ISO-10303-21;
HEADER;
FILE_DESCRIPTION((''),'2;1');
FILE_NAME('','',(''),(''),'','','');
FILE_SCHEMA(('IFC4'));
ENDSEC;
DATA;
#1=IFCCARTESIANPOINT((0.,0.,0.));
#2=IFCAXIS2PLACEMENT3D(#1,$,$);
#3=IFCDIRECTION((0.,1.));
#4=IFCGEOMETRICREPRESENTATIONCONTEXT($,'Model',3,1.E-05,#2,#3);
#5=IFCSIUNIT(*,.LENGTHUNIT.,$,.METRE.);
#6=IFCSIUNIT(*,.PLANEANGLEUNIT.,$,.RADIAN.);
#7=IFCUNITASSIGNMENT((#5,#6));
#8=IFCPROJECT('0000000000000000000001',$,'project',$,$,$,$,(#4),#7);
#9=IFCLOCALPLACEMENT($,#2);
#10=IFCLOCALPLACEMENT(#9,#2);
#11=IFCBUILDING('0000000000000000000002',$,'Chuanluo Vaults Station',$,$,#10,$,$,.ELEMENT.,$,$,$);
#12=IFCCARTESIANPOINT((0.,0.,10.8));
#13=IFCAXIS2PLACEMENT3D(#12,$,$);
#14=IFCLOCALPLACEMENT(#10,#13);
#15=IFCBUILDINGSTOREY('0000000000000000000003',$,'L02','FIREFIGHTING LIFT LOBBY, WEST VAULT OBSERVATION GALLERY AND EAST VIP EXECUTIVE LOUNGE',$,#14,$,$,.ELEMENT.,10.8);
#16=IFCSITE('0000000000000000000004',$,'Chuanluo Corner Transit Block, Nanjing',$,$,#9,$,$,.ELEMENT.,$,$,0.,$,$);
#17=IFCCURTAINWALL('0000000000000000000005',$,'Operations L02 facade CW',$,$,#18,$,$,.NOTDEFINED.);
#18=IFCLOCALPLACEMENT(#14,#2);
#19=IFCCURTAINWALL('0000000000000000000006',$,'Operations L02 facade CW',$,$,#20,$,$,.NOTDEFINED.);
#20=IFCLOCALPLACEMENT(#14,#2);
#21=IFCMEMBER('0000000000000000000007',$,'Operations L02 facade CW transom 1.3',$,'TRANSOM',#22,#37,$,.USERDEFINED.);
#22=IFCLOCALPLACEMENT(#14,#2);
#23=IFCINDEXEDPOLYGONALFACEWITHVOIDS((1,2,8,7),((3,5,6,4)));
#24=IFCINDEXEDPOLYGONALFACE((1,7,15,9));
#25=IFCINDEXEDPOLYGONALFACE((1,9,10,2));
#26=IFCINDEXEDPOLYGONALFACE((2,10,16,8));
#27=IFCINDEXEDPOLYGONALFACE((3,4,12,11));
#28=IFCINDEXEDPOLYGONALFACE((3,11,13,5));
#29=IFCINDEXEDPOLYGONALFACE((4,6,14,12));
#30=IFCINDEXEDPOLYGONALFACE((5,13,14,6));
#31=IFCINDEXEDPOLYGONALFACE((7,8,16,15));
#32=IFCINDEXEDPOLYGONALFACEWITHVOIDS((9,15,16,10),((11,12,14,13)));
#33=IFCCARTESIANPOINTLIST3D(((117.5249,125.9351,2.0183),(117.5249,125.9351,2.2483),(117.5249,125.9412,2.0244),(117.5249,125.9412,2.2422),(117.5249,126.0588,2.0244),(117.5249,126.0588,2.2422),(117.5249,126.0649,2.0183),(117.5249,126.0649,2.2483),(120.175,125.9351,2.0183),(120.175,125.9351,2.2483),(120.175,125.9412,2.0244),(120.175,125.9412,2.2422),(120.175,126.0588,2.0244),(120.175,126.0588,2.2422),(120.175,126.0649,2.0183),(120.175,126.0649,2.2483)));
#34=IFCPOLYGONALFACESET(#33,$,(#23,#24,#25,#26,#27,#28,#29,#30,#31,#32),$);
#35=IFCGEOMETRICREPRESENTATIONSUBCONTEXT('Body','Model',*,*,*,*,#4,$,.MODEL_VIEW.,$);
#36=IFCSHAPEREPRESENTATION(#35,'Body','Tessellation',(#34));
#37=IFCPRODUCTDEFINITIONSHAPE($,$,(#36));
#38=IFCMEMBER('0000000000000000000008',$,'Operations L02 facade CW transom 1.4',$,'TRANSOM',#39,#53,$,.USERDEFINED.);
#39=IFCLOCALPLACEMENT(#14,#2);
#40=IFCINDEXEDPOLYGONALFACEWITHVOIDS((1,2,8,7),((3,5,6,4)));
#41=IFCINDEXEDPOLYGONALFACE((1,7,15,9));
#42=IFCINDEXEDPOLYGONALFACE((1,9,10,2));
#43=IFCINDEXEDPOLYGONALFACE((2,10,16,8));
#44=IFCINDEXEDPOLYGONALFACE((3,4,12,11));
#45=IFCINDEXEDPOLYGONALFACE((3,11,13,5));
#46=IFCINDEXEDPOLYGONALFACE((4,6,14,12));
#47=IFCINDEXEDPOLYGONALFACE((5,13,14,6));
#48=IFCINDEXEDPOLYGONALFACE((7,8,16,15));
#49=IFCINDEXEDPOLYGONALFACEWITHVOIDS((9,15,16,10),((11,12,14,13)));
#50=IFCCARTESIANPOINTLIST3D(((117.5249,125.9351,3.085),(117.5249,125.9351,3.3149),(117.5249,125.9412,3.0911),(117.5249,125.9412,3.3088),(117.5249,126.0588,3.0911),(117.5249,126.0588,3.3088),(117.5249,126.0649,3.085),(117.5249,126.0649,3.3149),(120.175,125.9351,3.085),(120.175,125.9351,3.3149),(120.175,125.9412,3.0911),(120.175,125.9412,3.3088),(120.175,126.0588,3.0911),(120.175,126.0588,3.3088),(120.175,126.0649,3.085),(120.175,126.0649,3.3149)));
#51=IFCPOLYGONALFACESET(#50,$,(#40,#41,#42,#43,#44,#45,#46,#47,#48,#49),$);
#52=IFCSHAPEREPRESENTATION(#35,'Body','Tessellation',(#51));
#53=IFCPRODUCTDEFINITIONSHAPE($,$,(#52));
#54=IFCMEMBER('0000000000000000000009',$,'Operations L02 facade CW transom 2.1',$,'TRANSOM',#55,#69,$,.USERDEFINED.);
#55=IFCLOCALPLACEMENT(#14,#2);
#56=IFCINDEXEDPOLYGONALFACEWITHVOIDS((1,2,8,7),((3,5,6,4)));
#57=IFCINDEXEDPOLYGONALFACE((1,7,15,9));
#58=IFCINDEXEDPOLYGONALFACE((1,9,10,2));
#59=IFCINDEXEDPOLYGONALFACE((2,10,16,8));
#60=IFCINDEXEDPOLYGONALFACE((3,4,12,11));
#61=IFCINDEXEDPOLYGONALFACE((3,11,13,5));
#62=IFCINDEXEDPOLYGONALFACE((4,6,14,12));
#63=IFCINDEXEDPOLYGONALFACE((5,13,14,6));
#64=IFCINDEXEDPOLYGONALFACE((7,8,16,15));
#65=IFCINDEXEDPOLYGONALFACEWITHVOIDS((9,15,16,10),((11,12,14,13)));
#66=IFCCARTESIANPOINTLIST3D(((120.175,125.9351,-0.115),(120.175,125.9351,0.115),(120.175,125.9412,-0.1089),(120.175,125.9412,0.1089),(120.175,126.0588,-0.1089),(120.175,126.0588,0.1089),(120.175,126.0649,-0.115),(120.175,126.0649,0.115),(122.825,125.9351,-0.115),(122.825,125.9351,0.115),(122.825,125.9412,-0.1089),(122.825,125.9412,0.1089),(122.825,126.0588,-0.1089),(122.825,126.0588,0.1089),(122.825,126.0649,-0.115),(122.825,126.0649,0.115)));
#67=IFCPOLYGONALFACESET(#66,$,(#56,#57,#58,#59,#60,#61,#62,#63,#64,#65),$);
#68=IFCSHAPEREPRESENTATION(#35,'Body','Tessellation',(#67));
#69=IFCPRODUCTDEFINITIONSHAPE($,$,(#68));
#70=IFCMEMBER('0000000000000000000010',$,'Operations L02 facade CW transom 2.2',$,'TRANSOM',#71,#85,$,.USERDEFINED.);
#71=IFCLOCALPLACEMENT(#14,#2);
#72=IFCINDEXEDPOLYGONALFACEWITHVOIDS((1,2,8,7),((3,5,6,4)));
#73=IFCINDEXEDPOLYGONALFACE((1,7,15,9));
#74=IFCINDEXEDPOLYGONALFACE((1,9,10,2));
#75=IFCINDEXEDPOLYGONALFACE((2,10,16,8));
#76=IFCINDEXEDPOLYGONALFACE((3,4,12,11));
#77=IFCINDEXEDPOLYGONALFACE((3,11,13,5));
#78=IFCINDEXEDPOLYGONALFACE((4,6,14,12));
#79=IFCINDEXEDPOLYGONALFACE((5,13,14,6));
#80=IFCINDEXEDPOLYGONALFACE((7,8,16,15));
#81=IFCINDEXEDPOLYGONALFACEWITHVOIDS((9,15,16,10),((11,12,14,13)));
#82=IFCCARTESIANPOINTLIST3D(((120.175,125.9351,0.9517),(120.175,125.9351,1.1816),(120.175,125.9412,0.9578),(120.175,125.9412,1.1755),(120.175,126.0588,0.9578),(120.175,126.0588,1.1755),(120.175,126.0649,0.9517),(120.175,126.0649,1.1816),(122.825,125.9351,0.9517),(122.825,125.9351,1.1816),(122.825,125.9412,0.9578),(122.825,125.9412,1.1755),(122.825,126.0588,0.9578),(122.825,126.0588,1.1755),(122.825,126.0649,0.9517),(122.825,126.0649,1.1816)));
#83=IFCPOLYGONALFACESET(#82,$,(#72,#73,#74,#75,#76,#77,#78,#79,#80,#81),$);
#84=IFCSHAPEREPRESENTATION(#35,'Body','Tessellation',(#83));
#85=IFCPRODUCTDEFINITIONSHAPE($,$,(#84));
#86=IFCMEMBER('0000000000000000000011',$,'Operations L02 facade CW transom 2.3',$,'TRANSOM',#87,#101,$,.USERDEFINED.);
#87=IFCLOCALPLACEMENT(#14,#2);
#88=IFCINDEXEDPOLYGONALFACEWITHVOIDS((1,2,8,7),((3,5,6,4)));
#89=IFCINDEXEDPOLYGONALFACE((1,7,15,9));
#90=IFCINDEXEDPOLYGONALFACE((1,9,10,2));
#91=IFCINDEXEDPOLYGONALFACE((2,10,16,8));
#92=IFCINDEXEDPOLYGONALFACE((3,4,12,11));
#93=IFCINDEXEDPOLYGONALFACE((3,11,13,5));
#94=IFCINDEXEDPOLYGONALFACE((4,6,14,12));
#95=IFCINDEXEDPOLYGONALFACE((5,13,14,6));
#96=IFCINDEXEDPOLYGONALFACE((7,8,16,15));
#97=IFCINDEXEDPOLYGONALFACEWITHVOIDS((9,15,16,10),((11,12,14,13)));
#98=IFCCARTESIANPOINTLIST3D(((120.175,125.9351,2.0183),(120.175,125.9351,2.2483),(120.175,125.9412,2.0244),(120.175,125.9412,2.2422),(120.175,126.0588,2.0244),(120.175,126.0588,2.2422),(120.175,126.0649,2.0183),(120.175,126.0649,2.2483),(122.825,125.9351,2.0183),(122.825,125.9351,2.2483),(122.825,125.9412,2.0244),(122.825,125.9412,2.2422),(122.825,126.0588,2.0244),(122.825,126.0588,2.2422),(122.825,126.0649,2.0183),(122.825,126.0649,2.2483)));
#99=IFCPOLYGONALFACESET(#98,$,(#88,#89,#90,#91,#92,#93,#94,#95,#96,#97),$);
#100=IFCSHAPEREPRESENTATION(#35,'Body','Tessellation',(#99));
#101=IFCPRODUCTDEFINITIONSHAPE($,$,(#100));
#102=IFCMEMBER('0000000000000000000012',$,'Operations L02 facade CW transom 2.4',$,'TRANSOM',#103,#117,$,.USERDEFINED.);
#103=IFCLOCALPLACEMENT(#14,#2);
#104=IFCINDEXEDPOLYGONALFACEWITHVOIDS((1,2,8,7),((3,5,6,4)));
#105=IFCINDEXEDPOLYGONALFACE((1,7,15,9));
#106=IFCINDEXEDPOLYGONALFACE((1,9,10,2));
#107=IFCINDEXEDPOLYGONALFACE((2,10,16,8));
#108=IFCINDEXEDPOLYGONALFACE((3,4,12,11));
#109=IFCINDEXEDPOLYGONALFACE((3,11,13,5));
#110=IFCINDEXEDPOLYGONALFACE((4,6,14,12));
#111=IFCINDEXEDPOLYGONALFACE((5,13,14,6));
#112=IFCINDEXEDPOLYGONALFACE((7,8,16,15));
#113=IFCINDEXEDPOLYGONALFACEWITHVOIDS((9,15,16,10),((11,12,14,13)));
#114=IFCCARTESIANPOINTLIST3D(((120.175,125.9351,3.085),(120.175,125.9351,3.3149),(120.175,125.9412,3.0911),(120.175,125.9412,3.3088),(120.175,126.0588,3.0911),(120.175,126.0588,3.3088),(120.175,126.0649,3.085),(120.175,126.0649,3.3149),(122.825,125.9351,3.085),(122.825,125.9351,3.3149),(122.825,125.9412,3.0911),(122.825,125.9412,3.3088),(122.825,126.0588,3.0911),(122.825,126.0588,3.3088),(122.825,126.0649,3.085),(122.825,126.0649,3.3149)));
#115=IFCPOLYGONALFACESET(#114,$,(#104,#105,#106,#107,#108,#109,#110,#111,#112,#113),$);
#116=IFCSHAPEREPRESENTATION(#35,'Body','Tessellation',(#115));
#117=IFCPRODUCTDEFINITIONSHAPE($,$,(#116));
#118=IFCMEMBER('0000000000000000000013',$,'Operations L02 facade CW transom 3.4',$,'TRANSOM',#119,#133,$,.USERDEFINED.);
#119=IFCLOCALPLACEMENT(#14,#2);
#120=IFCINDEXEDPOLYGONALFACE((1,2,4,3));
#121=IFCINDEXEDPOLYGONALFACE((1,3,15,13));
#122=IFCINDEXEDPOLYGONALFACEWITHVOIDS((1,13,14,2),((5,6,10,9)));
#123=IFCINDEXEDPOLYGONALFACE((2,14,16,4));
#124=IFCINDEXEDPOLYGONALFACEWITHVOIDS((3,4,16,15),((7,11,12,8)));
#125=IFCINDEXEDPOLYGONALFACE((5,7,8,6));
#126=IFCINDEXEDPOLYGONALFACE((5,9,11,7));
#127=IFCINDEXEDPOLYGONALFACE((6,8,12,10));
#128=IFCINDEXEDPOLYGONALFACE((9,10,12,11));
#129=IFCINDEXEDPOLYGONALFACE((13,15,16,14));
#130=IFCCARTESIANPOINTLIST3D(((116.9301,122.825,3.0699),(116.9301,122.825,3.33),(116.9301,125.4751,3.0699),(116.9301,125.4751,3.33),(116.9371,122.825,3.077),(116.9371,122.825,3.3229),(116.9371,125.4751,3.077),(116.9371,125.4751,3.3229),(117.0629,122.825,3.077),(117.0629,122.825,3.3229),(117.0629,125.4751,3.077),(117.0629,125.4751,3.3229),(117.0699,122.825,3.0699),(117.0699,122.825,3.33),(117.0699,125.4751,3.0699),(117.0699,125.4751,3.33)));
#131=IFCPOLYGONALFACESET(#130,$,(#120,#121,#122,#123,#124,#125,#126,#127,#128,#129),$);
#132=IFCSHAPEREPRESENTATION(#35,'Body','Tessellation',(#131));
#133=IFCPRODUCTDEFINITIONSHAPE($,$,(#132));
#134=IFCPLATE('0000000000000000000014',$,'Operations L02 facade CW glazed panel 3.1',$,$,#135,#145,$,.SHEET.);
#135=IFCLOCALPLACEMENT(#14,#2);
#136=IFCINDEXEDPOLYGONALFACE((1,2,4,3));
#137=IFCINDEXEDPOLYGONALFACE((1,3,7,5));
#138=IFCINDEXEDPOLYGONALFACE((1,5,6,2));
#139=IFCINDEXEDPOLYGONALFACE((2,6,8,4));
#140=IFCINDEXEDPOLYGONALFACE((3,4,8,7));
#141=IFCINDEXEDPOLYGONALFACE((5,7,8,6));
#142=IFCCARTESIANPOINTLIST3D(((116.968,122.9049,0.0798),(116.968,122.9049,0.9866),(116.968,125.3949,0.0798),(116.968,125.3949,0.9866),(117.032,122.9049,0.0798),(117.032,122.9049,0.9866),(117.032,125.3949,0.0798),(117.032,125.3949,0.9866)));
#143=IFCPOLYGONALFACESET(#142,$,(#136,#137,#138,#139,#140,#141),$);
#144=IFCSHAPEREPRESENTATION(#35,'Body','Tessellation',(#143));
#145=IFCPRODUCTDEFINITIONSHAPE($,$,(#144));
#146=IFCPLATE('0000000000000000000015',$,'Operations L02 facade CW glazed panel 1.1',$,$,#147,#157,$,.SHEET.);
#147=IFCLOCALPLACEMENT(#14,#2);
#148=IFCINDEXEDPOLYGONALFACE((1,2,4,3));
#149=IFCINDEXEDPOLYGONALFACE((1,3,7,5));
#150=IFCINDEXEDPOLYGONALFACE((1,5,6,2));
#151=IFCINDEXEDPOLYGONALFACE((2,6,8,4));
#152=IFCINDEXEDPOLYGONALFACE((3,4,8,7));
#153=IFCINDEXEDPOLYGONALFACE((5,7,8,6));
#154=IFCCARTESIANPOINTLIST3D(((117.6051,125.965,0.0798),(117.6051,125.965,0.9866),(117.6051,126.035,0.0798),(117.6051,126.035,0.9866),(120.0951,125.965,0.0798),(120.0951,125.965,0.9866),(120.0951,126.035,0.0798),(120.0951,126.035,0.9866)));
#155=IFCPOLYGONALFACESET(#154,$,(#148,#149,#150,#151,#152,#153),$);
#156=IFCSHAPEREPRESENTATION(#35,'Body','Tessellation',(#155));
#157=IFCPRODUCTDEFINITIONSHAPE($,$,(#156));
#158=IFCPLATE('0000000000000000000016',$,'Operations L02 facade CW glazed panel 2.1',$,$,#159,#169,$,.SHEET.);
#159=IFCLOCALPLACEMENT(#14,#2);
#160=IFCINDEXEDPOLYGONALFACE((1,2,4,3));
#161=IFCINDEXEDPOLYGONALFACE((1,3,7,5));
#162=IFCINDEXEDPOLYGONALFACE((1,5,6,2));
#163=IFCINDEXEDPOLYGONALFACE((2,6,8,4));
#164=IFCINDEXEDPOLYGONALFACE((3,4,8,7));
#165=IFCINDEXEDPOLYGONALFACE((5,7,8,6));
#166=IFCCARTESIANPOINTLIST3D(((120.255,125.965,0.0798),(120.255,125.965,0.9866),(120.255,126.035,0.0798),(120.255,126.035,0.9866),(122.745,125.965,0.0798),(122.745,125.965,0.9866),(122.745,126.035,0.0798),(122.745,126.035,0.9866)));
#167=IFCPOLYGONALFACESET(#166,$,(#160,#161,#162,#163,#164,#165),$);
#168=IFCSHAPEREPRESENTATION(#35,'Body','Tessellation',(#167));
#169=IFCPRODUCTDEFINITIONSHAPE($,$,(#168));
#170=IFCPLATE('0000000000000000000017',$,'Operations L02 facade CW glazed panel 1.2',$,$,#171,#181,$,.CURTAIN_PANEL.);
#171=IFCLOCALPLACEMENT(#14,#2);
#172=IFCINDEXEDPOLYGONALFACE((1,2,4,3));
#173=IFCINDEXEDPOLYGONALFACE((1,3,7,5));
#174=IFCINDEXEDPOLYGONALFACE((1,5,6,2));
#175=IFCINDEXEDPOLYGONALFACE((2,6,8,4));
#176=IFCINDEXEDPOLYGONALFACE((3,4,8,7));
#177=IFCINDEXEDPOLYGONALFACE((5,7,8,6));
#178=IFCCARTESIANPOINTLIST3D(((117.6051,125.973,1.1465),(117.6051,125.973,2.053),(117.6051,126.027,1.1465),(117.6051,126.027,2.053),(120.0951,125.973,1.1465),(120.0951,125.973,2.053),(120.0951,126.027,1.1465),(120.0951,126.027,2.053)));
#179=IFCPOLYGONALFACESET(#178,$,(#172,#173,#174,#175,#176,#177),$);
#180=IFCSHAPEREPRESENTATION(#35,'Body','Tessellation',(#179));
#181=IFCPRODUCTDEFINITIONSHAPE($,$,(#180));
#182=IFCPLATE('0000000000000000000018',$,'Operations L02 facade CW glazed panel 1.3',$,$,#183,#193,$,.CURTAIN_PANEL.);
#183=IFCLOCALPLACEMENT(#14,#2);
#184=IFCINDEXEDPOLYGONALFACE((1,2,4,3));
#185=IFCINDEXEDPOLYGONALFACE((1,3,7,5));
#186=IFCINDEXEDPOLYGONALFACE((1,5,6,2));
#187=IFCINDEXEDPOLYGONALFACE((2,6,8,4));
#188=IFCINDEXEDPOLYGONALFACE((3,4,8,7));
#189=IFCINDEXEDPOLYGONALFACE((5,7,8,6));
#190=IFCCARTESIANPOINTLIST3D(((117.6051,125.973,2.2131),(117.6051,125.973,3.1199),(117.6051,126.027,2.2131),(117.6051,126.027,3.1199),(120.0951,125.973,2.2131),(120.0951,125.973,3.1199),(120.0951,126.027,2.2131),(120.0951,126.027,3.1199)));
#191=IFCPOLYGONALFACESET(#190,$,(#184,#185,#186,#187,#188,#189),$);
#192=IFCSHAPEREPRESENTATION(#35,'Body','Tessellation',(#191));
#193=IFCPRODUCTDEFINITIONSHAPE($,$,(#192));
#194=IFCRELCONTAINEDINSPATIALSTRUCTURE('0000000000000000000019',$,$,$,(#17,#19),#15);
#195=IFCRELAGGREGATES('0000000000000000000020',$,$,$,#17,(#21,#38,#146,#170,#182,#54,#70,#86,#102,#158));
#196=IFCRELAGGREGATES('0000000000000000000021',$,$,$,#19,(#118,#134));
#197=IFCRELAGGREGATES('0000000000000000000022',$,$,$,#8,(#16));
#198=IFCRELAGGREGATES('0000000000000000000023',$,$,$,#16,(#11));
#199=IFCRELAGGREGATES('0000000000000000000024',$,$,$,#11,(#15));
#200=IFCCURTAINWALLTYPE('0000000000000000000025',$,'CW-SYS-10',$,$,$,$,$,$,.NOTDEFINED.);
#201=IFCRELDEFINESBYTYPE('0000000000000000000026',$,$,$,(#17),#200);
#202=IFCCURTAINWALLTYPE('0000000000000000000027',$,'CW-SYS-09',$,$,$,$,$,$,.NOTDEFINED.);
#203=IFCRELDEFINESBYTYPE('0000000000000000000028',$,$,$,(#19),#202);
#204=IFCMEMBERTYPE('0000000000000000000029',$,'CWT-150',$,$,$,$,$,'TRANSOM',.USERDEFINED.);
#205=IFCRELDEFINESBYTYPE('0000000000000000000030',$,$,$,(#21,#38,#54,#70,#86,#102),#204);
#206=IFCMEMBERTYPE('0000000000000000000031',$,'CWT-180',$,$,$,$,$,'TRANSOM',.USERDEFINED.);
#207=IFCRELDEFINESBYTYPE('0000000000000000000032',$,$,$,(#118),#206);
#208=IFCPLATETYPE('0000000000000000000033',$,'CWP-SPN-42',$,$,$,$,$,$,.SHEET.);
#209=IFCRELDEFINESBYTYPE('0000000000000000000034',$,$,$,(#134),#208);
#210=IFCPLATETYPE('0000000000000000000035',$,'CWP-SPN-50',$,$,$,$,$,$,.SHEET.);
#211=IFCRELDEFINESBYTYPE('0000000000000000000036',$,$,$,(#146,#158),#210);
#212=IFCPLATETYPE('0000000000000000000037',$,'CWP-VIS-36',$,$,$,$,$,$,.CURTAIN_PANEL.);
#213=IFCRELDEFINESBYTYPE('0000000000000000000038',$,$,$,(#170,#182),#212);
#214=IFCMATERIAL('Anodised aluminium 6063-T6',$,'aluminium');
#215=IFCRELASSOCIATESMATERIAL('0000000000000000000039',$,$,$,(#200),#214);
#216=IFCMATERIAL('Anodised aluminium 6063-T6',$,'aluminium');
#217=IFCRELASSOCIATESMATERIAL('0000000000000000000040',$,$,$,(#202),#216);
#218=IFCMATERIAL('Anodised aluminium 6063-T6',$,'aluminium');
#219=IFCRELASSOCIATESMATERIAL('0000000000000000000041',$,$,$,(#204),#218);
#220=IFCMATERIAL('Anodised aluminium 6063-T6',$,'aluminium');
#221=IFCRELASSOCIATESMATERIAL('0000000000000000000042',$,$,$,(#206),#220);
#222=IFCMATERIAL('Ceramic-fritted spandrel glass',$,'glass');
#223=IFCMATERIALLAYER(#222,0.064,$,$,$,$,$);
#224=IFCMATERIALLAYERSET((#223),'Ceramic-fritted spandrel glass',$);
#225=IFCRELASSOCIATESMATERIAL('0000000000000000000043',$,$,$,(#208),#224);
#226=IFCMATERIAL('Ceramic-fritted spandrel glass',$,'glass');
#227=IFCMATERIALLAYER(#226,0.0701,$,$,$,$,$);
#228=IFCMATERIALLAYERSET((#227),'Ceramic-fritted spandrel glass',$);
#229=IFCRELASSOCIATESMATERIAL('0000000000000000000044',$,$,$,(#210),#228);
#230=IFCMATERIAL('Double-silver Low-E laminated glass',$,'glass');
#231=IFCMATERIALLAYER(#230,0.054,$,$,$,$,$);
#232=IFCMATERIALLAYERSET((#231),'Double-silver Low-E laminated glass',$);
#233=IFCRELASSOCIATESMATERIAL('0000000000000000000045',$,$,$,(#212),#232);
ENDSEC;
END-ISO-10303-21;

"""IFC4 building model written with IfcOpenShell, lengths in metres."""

from ifc_helpers import new_model, si_unit, direction, frame, origin, origin_2d, place, context, subcontext, project, spatial, rectangle, hollow_rectangle, extrude, material, layer, layer_set, material_profile, profile_set, type_object, element, aggregate, save


model = new_model("IFC4")

# Units and contexts
model_context = context("Model", 3, precision=1e-05, world=origin(), true_north=direction((0.0, 1.0)))
body_context = subcontext(model_context, "Body", "Model", "MODEL_VIEW")
ifc_project = project(units=[si_unit("LENGTHUNIT", "METRE"), si_unit("PLANEANGLEUNIT", "RADIAN")], contexts=[model_context])

# Site, building, storey
site_placement = place(None, origin())
site = spatial("IfcSite", under=ifc_project, at=site_placement, Name="Chuanluo Corner Transit Block, Nanjing", CompositionType="ELEMENT", RefElevation=0.0)
building_placement = place(site_placement, origin())
building = spatial("IfcBuilding", under=site, at=building_placement, Name="Chuanluo Vaults Station", CompositionType="ELEMENT")
storey_placement = place(building_placement, frame((0.0, 0.0, 10.8)))
storey = spatial("IfcBuildingStorey", under=building, at=storey_placement, Name="L02", Description="FIREFIGHTING LIFT LOBBY, WEST VAULT OBSERVATION GALLERY AND EAST VIP EXECUTIVE LOUNGE", CompositionType="ELEMENT", Elevation=10.8)

# Curtain wall
ifc_material_1 = material(Name="Anodised aluminium 6063-T6", Category="aluminium")
curtain_wall_type_1 = type_object("IfcCurtainWallType", Name="CW-SYS-10", PredefinedType="NOTDEFINED", material=ifc_material_1)
curtain_wall_1_placement = place(storey_placement, origin())
curtain_wall_1 = element("IfcCurtainWall", 1, at=curtain_wall_1_placement, inside=storey, type_object=curtain_wall_type_1, Name="Operations L02 facade CW", PredefinedType="NOTDEFINED")

# Curtain wall
ifc_material_2 = material(Name="Anodised aluminium 6063-T6", Category="aluminium")
curtain_wall_type_2 = type_object("IfcCurtainWallType", Name="CW-SYS-09", PredefinedType="NOTDEFINED", material=ifc_material_2)
curtain_wall_2_placement = place(storey_placement, origin())
curtain_wall_2 = element("IfcCurtainWall", 2, at=curtain_wall_2_placement, inside=storey, type_object=curtain_wall_type_2, Name="Operations L02 facade CW", PredefinedType="NOTDEFINED")

# Members
ifc_material_3 = material(Name="Anodised aluminium 6063-T6", Category="aluminium")
ifc_material_profile_1 = material_profile(ifc_material_3, hollow_rectangle(XDim=0.1299, YDim=0.23, WallThickness=0.0061, at=origin_2d()))
ifc_profile_set_1 = profile_set([ifc_material_profile_1], Name="Anodised aluminium 6063-T6")
member_type_1 = type_object("IfcMemberType", Name="CWT-150", ElementType="TRANSOM", PredefinedType="USERDEFINED", material=ifc_profile_set_1)
member_1_placement = place(storey_placement, frame((117.5249, 126.0, 2.1333), z_axis=(1.0, 0.0, 0.0), x_axis=(0.0, 1.0, 0.0)))
member_1 = element("IfcMember", 3, at=member_1_placement, type_object=member_type_1, Name="Operations L02 facade CW transom 1.3", ObjectType="TRANSOM", PredefinedType="USERDEFINED", context=body_context, shape_type="SweptSolid", body=[
    extrude(hollow_rectangle(XDim=0.1299, YDim=0.23, WallThickness=0.0061, at=origin_2d()), origin(), (0.0, 0.0, 1.0), 2.6501),
])
member_2_placement = place(storey_placement, frame((117.5249, 126.0, 3.2), z_axis=(1.0, 0.0, 0.0), x_axis=(0.0, 1.0, 0.0)))
member_2 = element("IfcMember", 4, at=member_2_placement, type_object=member_type_1, Name="Operations L02 facade CW transom 1.4", ObjectType="TRANSOM", PredefinedType="USERDEFINED", context=body_context, shape_type="SweptSolid", body=[
    extrude(hollow_rectangle(XDim=0.1299, YDim=0.23, WallThickness=0.0061, at=origin_2d()), origin(), (0.0, 0.0, 1.0), 2.6501),
])
member_3_placement = place(storey_placement, frame((120.175, 126.0, 0.0), z_axis=(1.0, 0.0, 0.0), x_axis=(0.0, 1.0, 0.0)))
member_3 = element("IfcMember", 5, at=member_3_placement, type_object=member_type_1, Name="Operations L02 facade CW transom 2.1", ObjectType="TRANSOM", PredefinedType="USERDEFINED", context=body_context, shape_type="SweptSolid", body=[
    extrude(hollow_rectangle(XDim=0.1299, YDim=0.23, WallThickness=0.0061, at=origin_2d()), origin(), (0.0, 0.0, 1.0), 2.6499),
])
member_4_placement = place(storey_placement, frame((120.175, 126.0, 1.0667), z_axis=(1.0, 0.0, 0.0), x_axis=(0.0, 1.0, 0.0)))
member_4 = element("IfcMember", 6, at=member_4_placement, type_object=member_type_1, Name="Operations L02 facade CW transom 2.2", ObjectType="TRANSOM", PredefinedType="USERDEFINED", context=body_context, shape_type="SweptSolid", body=[
    extrude(hollow_rectangle(XDim=0.1299, YDim=0.23, WallThickness=0.0061, at=origin_2d()), origin(), (0.0, 0.0, 1.0), 2.6499),
])
member_5_placement = place(storey_placement, frame((120.175, 126.0, 2.1333), z_axis=(1.0, 0.0, 0.0), x_axis=(0.0, 1.0, 0.0)))
member_5 = element("IfcMember", 7, at=member_5_placement, type_object=member_type_1, Name="Operations L02 facade CW transom 2.3", ObjectType="TRANSOM", PredefinedType="USERDEFINED", context=body_context, shape_type="SweptSolid", body=[
    extrude(hollow_rectangle(XDim=0.1299, YDim=0.23, WallThickness=0.0061, at=origin_2d()), origin(), (0.0, 0.0, 1.0), 2.6499),
])
member_6_placement = place(storey_placement, frame((120.175, 126.0, 3.2), z_axis=(1.0, 0.0, 0.0), x_axis=(0.0, 1.0, 0.0)))
member_6 = element("IfcMember", 8, at=member_6_placement, type_object=member_type_1, Name="Operations L02 facade CW transom 2.4", ObjectType="TRANSOM", PredefinedType="USERDEFINED", context=body_context, shape_type="SweptSolid", body=[
    extrude(hollow_rectangle(XDim=0.1299, YDim=0.23, WallThickness=0.0061, at=origin_2d()), origin(), (0.0, 0.0, 1.0), 2.6499),
])
ifc_material_4 = material(Name="Anodised aluminium 6063-T6", Category="aluminium")
ifc_material_profile_2 = material_profile(ifc_material_4, hollow_rectangle(XDim=0.1399, YDim=0.26, WallThickness=0.0071, at=origin_2d()))
ifc_profile_set_2 = profile_set([ifc_material_profile_2], Name="Anodised aluminium 6063-T6")
member_type_2 = type_object("IfcMemberType", Name="CWT-180", ElementType="TRANSOM", PredefinedType="USERDEFINED", material=ifc_profile_set_2)
member_7_placement = place(storey_placement, frame((117.0, 122.825, 3.2), z_axis=(0.0, 1.0, 0.0), x_axis=(-1.0, 0.0, 0.0)))
member_7 = element("IfcMember", 9, at=member_7_placement, type_object=member_type_2, Name="Operations L02 facade CW transom 3.4", ObjectType="TRANSOM", PredefinedType="USERDEFINED", context=body_context, shape_type="SweptSolid", body=[
    extrude(hollow_rectangle(XDim=0.1399, YDim=0.26, WallThickness=0.0071, at=origin_2d()), origin(), (0.0, 0.0, 1.0), 2.6501),
])

# Plates
ifc_material_5 = material(Name="Ceramic-fritted spandrel glass", Category="glass")
ifc_layer_1 = layer(ifc_material_5, 0.064)
ifc_layer_set_1 = layer_set([ifc_layer_1], Name="Ceramic-fritted spandrel glass")
plate_type_1 = type_object("IfcPlateType", Name="CWP-SPN-42", PredefinedType="SHEET", material=ifc_layer_set_1)
plate_1_placement = place(storey_placement, frame((117.0, 124.1499, 0.0798), z_axis=(0.0, 0.0, 1.0), x_axis=(0.0, 1.0, 0.0)))
plate_1 = element("IfcPlate", 10, at=plate_1_placement, type_object=plate_type_1, Name="Operations L02 facade CW glazed panel 3.1", PredefinedType="SHEET", context=body_context, shape_type="SweptSolid", body=[
    extrude(rectangle(XDim=2.49, YDim=0.064, at=origin_2d()), origin(), (0.0, 0.0, 1.0), 0.9067),
])
ifc_material_6 = material(Name="Ceramic-fritted spandrel glass", Category="glass")
ifc_layer_2 = layer(ifc_material_6, 0.0701)
ifc_layer_set_2 = layer_set([ifc_layer_2], Name="Ceramic-fritted spandrel glass")
plate_type_2 = type_object("IfcPlateType", Name="CWP-SPN-50", PredefinedType="SHEET", material=ifc_layer_set_2)
plate_2_placement = place(storey_placement, frame((118.8501, 126.0, 0.0798), z_axis=(0.0, 0.0, 1.0), x_axis=(1.0, 0.0, 0.0)))
plate_2 = element("IfcPlate", 11, at=plate_2_placement, type_object=plate_type_2, Name="Operations L02 facade CW glazed panel 1.1", PredefinedType="SHEET", context=body_context, shape_type="SweptSolid", body=[
    extrude(rectangle(XDim=2.49, YDim=0.0701, at=origin_2d()), origin(), (0.0, 0.0, 1.0), 0.9067),
])
plate_3_placement = place(storey_placement, frame((121.5, 126.0, 0.0798), z_axis=(0.0, 0.0, 1.0), x_axis=(1.0, 0.0, 0.0)))
plate_3 = element("IfcPlate", 12, at=plate_3_placement, type_object=plate_type_2, Name="Operations L02 facade CW glazed panel 2.1", PredefinedType="SHEET", context=body_context, shape_type="SweptSolid", body=[
    extrude(rectangle(XDim=2.49, YDim=0.0701, at=origin_2d()), origin(), (0.0, 0.0, 1.0), 0.9067),
])
ifc_material_7 = material(Name="Double-silver Low-E laminated glass", Category="glass")
ifc_layer_3 = layer(ifc_material_7, 0.054)
ifc_layer_set_3 = layer_set([ifc_layer_3], Name="Double-silver Low-E laminated glass")
plate_type_3 = type_object("IfcPlateType", Name="CWP-VIS-36", PredefinedType="CURTAIN_PANEL", material=ifc_layer_set_3)
plate_4_placement = place(storey_placement, frame((118.8501, 126.0, 1.1465), z_axis=(0.0, 0.0, 1.0), x_axis=(1.0, 0.0, 0.0)))
plate_4 = element("IfcPlate", 13, at=plate_4_placement, type_object=plate_type_3, Name="Operations L02 facade CW glazed panel 1.2", PredefinedType="CURTAIN_PANEL", context=body_context, shape_type="SweptSolid", body=[
    extrude(rectangle(XDim=2.49, YDim=0.054, at=origin_2d()), origin(), (0.0, 0.0, 1.0), 0.9065),
])
plate_5_placement = place(storey_placement, frame((118.8501, 126.0, 2.2131), z_axis=(0.0, 0.0, 1.0), x_axis=(1.0, 0.0, 0.0)))
plate_5 = element("IfcPlate", 14, at=plate_5_placement, type_object=plate_type_3, Name="Operations L02 facade CW glazed panel 1.3", PredefinedType="CURTAIN_PANEL", context=body_context, shape_type="SweptSolid", body=[
    extrude(rectangle(XDim=2.49, YDim=0.054, at=origin_2d()), origin(), (0.0, 0.0, 1.0), 0.9067),
])
aggregate(curtain_wall_1, [member_1, member_2, plate_2, plate_4, plate_5, member_3, member_4, member_5, member_6, plate_3])
aggregate(curtain_wall_2, [member_7, plate_1])

save(model, "model.ifc")
